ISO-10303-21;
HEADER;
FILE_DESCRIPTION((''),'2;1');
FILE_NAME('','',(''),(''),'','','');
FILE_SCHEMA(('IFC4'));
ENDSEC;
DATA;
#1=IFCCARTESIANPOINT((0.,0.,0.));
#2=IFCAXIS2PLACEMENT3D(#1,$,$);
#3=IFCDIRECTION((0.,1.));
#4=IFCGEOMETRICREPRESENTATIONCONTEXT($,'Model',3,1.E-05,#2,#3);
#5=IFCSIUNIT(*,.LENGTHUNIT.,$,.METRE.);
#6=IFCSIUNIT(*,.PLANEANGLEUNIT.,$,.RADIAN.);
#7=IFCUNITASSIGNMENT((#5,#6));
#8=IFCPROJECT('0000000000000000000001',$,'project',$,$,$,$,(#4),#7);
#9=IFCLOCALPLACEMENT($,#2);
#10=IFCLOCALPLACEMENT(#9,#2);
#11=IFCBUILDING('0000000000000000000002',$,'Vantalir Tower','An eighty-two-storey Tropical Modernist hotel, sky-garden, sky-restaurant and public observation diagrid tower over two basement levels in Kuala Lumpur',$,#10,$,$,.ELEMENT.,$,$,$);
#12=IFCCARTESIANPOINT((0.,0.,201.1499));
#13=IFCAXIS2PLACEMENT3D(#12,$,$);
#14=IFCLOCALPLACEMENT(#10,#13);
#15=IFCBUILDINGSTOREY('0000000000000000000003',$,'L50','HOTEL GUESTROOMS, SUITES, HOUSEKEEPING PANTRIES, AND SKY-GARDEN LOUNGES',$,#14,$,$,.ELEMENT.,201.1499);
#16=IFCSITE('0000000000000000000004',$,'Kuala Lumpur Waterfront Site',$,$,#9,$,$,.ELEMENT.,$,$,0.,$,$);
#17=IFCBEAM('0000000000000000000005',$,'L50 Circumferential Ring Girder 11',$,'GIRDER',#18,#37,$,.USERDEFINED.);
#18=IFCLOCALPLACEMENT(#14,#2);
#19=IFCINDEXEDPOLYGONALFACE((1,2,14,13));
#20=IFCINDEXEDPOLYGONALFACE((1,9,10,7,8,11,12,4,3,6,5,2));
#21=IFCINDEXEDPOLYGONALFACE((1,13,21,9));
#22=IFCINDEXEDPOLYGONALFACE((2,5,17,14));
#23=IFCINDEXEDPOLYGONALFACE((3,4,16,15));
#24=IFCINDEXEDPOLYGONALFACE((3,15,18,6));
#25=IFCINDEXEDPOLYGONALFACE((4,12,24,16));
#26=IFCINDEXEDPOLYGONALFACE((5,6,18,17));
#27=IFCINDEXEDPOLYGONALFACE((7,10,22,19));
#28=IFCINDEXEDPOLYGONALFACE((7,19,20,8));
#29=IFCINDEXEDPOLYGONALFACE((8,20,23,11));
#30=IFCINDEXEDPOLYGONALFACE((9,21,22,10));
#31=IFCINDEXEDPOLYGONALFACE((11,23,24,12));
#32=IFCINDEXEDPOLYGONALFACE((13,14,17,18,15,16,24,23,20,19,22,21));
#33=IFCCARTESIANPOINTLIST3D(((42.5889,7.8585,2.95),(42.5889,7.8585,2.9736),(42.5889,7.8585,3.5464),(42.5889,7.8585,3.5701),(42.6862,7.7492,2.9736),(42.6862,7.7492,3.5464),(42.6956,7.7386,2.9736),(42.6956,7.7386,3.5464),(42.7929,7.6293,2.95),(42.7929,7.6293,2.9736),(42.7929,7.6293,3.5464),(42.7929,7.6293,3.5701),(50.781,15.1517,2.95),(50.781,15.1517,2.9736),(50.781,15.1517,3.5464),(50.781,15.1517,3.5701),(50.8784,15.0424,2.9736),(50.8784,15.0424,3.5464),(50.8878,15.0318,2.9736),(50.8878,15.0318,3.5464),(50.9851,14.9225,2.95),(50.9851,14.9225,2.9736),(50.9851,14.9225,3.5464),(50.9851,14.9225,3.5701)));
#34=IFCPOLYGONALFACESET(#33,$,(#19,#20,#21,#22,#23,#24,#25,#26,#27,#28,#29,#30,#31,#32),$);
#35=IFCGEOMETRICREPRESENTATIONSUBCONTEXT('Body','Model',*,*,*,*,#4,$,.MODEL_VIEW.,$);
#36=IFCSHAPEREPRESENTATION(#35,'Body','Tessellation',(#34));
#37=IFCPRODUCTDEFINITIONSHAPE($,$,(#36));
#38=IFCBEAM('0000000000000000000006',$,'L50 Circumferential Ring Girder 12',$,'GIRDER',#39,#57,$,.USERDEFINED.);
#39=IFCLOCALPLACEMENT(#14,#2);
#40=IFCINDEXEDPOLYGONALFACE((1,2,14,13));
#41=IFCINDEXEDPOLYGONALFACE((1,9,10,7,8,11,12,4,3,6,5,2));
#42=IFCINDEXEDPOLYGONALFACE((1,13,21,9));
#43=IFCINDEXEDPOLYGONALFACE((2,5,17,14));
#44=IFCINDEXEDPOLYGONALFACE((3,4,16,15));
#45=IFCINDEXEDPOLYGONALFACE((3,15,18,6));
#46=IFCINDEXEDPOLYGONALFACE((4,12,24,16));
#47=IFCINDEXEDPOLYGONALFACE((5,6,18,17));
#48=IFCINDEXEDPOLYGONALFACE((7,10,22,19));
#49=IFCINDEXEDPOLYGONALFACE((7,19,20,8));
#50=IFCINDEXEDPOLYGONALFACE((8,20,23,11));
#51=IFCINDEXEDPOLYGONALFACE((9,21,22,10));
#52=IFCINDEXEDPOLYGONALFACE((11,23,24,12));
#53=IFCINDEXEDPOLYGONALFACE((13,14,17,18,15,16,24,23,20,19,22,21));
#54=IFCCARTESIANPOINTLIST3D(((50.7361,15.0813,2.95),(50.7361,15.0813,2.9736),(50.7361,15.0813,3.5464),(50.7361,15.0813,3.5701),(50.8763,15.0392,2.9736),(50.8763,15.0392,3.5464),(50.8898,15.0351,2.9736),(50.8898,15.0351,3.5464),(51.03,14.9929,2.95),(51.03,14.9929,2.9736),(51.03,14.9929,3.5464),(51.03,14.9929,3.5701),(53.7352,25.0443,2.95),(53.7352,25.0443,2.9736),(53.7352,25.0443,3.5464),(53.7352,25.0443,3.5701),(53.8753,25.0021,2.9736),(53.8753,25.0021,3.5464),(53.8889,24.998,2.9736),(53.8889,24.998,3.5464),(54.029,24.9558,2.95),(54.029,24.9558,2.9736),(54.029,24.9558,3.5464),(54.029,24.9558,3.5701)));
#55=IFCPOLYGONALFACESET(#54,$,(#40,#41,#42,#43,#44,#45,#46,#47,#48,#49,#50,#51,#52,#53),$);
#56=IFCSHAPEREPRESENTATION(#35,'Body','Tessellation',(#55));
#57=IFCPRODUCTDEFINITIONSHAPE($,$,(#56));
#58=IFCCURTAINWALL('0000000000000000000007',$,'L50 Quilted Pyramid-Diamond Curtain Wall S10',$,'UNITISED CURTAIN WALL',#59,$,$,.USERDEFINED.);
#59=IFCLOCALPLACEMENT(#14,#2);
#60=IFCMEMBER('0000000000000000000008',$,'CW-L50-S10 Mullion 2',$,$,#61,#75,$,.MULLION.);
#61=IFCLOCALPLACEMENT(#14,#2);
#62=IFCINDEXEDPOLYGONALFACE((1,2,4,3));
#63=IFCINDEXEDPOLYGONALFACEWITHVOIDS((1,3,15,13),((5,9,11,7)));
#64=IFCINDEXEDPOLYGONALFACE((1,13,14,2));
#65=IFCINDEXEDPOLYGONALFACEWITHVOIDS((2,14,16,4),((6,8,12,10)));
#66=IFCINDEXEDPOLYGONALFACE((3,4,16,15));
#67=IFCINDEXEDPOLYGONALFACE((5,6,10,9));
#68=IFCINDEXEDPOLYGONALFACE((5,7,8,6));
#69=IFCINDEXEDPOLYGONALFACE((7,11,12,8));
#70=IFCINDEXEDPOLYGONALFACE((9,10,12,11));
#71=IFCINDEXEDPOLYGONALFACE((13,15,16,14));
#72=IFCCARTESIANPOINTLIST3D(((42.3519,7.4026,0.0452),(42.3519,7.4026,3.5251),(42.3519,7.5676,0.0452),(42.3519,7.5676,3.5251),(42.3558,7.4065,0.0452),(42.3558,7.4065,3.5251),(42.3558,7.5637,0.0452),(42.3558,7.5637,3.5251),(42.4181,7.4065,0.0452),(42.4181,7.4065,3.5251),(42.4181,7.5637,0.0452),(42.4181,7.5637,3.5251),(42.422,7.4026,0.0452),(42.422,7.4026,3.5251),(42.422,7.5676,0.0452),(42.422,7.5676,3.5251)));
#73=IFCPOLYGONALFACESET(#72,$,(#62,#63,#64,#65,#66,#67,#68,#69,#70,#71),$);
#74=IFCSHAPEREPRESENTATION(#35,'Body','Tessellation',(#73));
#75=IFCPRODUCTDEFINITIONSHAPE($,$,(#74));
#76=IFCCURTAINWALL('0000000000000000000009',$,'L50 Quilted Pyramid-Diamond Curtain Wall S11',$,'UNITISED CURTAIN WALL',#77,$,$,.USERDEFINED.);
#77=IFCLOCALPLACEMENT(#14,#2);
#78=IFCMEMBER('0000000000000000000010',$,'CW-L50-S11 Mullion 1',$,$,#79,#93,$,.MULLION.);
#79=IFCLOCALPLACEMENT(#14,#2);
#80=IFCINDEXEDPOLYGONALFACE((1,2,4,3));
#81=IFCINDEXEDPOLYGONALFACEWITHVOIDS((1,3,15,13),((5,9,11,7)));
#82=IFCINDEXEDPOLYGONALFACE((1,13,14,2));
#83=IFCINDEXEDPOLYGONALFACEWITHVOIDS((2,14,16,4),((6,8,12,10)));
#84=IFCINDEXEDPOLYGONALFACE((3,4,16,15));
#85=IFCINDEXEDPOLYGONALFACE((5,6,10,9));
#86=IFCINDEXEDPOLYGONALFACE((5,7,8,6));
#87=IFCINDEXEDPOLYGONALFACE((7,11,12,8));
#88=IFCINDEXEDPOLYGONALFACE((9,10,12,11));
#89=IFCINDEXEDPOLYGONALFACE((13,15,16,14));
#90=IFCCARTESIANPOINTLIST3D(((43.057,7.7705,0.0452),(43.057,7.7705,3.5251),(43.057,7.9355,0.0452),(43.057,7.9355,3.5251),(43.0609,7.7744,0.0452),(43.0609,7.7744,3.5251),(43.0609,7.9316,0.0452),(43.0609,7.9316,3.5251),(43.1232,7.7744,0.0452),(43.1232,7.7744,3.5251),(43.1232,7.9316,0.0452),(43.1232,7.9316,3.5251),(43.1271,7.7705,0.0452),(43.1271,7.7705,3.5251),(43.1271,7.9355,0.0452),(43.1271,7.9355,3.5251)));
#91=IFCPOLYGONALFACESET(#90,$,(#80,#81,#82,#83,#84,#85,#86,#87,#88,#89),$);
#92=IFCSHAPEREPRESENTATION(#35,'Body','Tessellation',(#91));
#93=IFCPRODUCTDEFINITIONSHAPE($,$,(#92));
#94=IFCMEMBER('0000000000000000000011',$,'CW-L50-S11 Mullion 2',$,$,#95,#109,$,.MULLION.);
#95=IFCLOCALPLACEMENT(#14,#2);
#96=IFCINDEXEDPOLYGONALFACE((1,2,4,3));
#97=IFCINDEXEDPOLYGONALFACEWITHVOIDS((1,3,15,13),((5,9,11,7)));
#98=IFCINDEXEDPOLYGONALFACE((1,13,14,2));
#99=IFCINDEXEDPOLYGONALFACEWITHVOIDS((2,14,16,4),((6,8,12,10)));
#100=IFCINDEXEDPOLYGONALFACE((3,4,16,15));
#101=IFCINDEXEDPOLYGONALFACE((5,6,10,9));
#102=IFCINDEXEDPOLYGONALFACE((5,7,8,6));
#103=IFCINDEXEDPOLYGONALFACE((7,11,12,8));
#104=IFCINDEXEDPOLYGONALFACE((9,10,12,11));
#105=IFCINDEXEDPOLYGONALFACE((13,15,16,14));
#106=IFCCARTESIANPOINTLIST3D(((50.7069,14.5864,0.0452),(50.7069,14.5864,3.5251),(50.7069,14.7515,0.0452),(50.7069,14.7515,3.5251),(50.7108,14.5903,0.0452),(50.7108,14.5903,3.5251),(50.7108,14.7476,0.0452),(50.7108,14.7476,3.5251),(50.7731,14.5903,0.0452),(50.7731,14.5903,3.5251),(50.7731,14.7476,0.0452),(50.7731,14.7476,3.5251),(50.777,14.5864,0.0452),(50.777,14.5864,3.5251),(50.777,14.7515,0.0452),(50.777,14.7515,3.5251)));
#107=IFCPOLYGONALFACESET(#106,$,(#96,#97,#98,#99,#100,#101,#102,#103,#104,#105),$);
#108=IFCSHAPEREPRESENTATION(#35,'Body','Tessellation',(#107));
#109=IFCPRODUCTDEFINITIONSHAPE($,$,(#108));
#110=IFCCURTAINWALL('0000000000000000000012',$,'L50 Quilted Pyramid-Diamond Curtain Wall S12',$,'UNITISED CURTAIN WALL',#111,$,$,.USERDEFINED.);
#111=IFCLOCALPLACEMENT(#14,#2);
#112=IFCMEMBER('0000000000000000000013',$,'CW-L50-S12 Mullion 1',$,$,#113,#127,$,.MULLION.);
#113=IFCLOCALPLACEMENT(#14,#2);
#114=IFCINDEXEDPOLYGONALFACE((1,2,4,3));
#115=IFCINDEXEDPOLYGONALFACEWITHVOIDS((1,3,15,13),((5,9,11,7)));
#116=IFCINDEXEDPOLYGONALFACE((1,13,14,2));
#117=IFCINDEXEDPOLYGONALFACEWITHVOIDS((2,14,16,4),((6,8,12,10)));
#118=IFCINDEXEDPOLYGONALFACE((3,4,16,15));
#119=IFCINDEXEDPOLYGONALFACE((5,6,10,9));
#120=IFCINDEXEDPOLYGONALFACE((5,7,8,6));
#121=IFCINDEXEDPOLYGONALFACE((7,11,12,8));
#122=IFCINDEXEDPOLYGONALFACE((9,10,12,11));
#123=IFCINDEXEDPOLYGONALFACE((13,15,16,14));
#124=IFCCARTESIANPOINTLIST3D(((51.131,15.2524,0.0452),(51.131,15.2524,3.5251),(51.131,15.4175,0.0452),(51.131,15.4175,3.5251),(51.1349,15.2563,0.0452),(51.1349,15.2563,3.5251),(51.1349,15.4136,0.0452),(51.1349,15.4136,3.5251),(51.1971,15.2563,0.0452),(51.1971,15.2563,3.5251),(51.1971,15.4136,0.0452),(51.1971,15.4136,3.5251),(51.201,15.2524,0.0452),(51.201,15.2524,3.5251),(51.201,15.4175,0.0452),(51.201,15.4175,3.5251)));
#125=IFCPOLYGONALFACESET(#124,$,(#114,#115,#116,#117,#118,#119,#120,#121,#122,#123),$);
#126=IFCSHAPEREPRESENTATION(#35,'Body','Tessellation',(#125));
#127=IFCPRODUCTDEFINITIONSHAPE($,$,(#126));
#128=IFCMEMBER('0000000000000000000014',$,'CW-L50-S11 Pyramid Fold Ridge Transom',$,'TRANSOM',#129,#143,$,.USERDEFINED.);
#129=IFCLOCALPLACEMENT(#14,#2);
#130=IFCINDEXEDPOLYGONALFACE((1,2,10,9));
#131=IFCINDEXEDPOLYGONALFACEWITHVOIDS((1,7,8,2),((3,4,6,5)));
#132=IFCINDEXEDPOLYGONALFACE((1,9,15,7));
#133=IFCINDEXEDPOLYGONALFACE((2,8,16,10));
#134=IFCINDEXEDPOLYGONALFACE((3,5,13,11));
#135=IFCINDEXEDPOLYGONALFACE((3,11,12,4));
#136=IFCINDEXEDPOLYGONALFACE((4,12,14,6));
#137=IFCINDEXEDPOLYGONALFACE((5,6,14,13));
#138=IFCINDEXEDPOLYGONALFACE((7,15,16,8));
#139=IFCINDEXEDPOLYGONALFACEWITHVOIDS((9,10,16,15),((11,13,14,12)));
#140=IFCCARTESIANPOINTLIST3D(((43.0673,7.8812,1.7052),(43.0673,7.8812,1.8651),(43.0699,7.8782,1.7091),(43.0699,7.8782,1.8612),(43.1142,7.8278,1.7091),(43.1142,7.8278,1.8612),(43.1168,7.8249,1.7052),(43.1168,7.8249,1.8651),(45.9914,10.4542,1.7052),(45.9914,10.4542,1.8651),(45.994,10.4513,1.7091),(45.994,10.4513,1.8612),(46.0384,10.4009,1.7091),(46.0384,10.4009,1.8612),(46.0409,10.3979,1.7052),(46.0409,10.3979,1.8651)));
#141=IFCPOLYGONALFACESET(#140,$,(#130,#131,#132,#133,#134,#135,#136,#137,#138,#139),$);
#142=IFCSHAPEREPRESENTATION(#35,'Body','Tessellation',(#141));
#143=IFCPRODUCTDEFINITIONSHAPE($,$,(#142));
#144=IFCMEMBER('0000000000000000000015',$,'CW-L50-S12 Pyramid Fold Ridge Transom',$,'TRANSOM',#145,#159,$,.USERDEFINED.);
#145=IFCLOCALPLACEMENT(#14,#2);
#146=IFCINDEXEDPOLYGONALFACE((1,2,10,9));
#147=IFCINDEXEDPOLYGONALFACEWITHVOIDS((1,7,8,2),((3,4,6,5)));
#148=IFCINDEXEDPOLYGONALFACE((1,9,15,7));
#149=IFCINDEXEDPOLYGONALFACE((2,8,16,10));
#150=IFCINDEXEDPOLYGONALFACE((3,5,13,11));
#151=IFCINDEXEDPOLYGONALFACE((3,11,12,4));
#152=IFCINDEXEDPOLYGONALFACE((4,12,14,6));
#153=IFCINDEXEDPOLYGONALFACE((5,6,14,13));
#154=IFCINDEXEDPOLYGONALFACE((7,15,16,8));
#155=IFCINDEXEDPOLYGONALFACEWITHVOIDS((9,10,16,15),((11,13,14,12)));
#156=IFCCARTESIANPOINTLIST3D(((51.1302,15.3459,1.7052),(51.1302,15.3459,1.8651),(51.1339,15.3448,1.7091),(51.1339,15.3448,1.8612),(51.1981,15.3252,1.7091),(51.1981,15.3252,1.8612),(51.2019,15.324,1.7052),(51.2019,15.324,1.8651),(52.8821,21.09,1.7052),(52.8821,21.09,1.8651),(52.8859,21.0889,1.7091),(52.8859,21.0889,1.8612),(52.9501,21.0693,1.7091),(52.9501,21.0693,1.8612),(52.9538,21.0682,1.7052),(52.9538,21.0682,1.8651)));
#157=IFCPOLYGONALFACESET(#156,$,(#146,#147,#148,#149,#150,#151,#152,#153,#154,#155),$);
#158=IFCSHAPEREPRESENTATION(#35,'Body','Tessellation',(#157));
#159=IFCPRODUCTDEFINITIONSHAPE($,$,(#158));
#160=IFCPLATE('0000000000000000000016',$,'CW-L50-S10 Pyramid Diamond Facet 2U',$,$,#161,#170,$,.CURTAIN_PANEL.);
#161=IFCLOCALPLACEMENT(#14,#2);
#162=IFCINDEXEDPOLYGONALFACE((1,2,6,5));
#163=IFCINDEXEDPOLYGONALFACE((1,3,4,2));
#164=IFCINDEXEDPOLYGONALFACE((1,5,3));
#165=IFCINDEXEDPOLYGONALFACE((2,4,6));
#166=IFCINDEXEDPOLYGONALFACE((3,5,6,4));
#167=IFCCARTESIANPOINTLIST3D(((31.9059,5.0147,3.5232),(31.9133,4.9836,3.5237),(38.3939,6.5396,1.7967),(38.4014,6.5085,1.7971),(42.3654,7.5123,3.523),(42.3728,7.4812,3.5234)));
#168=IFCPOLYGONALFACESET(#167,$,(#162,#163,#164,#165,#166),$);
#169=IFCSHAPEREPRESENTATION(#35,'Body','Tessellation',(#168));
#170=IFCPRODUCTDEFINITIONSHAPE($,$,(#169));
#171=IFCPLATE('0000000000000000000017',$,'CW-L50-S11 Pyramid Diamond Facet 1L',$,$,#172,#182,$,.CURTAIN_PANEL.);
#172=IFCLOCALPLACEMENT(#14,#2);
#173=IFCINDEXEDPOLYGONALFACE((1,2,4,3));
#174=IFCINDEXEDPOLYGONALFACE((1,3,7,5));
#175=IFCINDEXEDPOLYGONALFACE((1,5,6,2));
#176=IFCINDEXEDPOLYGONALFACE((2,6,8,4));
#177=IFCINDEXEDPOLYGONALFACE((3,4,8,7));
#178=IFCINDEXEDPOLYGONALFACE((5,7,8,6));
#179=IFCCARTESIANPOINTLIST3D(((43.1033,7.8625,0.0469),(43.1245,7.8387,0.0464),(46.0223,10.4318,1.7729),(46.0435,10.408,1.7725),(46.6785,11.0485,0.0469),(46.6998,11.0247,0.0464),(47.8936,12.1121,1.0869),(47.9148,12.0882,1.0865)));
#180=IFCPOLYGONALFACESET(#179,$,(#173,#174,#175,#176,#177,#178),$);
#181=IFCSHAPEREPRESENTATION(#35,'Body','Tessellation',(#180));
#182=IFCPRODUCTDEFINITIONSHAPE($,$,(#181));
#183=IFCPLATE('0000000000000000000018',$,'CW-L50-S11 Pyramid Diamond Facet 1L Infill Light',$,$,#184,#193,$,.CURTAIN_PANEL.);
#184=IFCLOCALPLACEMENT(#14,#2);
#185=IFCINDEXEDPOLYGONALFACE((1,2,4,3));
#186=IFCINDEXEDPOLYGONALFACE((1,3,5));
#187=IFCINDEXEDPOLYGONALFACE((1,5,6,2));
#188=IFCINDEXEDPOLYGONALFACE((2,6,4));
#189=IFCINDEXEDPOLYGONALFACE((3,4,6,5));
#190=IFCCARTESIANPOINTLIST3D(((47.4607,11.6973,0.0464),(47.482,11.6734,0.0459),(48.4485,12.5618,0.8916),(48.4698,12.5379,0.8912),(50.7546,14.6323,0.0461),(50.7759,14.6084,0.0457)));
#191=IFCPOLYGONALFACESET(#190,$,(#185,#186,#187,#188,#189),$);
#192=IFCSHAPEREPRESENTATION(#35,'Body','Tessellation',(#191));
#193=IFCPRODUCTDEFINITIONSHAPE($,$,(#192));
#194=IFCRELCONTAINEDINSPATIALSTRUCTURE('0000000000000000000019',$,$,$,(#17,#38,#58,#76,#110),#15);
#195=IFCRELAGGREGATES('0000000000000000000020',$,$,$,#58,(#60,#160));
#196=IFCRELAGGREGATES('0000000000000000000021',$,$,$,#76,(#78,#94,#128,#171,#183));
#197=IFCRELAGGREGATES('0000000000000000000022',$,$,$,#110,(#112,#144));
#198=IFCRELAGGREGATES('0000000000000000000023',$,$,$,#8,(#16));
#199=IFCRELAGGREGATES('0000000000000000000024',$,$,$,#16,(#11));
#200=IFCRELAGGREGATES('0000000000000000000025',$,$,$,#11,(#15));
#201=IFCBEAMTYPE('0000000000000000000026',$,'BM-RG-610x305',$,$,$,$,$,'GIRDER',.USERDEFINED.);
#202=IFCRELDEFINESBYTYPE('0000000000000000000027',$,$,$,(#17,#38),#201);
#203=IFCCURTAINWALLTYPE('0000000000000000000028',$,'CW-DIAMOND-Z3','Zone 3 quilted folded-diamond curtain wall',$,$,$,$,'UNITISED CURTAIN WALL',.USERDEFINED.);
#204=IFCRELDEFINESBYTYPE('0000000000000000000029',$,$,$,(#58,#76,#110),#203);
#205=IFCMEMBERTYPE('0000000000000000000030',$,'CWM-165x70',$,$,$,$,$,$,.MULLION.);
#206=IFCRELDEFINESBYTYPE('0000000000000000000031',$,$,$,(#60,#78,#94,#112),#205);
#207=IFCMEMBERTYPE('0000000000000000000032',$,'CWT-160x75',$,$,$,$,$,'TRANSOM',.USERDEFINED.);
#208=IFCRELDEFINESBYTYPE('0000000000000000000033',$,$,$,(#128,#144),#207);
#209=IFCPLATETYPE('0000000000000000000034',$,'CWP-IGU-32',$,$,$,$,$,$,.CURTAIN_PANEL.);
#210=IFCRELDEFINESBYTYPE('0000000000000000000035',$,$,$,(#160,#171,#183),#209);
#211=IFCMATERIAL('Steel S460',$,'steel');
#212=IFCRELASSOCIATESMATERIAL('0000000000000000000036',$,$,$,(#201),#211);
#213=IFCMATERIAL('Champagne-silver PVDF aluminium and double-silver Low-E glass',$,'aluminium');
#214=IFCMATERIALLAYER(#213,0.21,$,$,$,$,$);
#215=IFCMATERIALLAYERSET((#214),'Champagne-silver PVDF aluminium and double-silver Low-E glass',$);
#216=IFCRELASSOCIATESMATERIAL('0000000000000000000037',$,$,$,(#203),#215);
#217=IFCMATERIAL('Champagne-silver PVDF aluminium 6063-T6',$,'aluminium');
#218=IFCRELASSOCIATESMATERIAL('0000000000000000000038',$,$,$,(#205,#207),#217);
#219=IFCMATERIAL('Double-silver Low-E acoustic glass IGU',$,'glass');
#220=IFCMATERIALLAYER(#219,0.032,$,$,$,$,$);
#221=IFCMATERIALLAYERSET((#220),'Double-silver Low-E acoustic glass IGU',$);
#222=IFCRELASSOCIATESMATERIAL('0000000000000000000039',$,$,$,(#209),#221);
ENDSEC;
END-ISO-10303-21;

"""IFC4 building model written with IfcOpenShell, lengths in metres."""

from ifc_helpers import new_model, si_unit, direction, frame, origin, origin_2d, place, context, subcontext, project, spatial, polyline, hollow_rectangle, i_section, outline, extrude, material, layer, layer_set, material_profile, profile_set, type_object, element, aggregate, save


model = new_model("IFC4")

# Units and contexts
model_context = context("Model", 3, precision=1e-05, world=origin(), true_north=direction((0.0, 1.0)))
body_context = subcontext(model_context, "Body", "Model", "MODEL_VIEW")
ifc_project = project(units=[si_unit("LENGTHUNIT", "METRE"), si_unit("PLANEANGLEUNIT", "RADIAN")], contexts=[model_context])

# Site, building, storey
site_placement = place(None, origin())
site = spatial("IfcSite", under=ifc_project, at=site_placement, Name="Kuala Lumpur Waterfront Site", CompositionType="ELEMENT", RefElevation=0.0)
building_placement = place(site_placement, origin())
building = spatial("IfcBuilding", under=site, at=building_placement, Name="Vantalir Tower", Description="An eighty-two-storey Tropical Modernist hotel, sky-garden, sky-restaurant and public observation diagrid tower over two basement levels in Kuala Lumpur", CompositionType="ELEMENT")
storey_placement = place(building_placement, frame((0.0, 0.0, 201.1499)))
storey = spatial("IfcBuildingStorey", under=building, at=storey_placement, Name="L50", Description="HOTEL GUESTROOMS, SUITES, HOUSEKEEPING PANTRIES, AND SKY-GARDEN LOUNGES", CompositionType="ELEMENT", Elevation=201.1499)

# Shared definitions
ifc_material_1 = material(Name="Steel S460", Category="steel")

# Beams
ifc_material_profile_1 = material_profile(ifc_material_1, i_section(OverallWidth=0.3069, OverallDepth=0.6201, WebThickness=0.0142, FlangeThickness=0.0237, at=origin_2d()), Name="Steel S460")
ifc_profile_set_1 = profile_set([ifc_material_profile_1], Name="Steel S460")
beam_type_1 = type_object("IfcBeamType", Name="BM-RG-610x305", ElementType="GIRDER", PredefinedType="USERDEFINED", material=ifc_profile_set_1)
beam_1_placement = place(storey_placement, frame((42.6909, 7.7439, 3.26), z_axis=(0.746897, 0.66494, 0.0), x_axis=(-0.66494, 0.746897, 0.0)))
element("IfcBeam", 1, at=beam_1_placement, inside=storey, type_object=beam_type_1, Name="L50 Circumferential Ring Girder 11", ObjectType="GIRDER", PredefinedType="USERDEFINED", context=body_context, shape_type="SweptSolid", body=[
    extrude(i_section(OverallWidth=0.3069, OverallDepth=0.6201, WebThickness=0.0142, FlangeThickness=0.0237, at=origin_2d()), origin(), (0.0, 0.0, 1.0), 10.9683),
])
beam_2_placement = place(storey_placement, frame((50.8831, 15.0371, 3.26), z_axis=(0.288243, 0.957557, 0.0), x_axis=(-0.957557, 0.288243, 0.0)))
element("IfcBeam", 2, at=beam_2_placement, inside=storey, type_object=beam_type_1, Name="L50 Circumferential Ring Girder 12", ObjectType="GIRDER", PredefinedType="USERDEFINED", context=body_context, shape_type="SweptSolid", body=[
    extrude(i_section(OverallWidth=0.3069, OverallDepth=0.6201, WebThickness=0.0142, FlangeThickness=0.0237, at=origin_2d()), origin(), (0.0, 0.0, 1.0), 10.4045),
])

# Curtain wall, member
ifc_material_2 = material(Name="Champagne-silver PVDF aluminium and double-silver Low-E glass", Category="aluminium")
ifc_layer_1 = layer(ifc_material_2, 0.21)
ifc_layer_set_1 = layer_set([ifc_layer_1], Name="Champagne-silver PVDF aluminium and double-silver Low-E glass")
curtain_wall_type = type_object("IfcCurtainWallType", Name="CW-DIAMOND-Z3", Description="Zone 3 quilted folded-diamond curtain wall", ElementType="UNITISED CURTAIN WALL", PredefinedType="USERDEFINED", material=ifc_layer_set_1)
curtain_wall_1_placement = place(storey_placement, origin())
curtain_wall_1 = element("IfcCurtainWall", 3, at=curtain_wall_1_placement, inside=storey, type_object=curtain_wall_type, Name="L50 Quilted Pyramid-Diamond Curtain Wall S10", ObjectType="UNITISED CURTAIN WALL", PredefinedType="USERDEFINED")
ifc_material_3 = material(Name="Champagne-silver PVDF aluminium 6063-T6", Category="aluminium")
ifc_material_profile_2 = material_profile(ifc_material_3, hollow_rectangle(XDim=0.0701, YDim=0.165, WallThickness=0.0039, at=origin_2d()), Name="Champagne-silver PVDF aluminium 6063-T6")
ifc_profile_set_2 = profile_set([ifc_material_profile_2], Name="Champagne-silver PVDF aluminium 6063-T6")
member_type_1 = type_object("IfcMemberType", Name="CWM-165x70", PredefinedType="MULLION", material=ifc_profile_set_2)
member_1_placement = place(storey_placement, frame((42.387, 7.4851, 0.0452), z_axis=(0.0, 0.0, 1.0), x_axis=(1.0, 0.0, 0.0)))
member_1 = element("IfcMember", 4, at=member_1_placement, type_object=member_type_1, Name="CW-L50-S10 Mullion 2", PredefinedType="MULLION", context=body_context, shape_type="SweptSolid", body=[
    extrude(hollow_rectangle(XDim=0.0701, YDim=0.165, WallThickness=0.0039, at=origin_2d()), origin(), (0.0, 0.0, 1.0), 3.48),
])

# Curtain wall, members
curtain_wall_2_placement = place(storey_placement, origin())
curtain_wall_2 = element("IfcCurtainWall", 5, at=curtain_wall_2_placement, inside=storey, type_object=curtain_wall_type, Name="L50 Quilted Pyramid-Diamond Curtain Wall S11", ObjectType="UNITISED CURTAIN WALL", PredefinedType="USERDEFINED")
member_2_placement = place(storey_placement, frame((43.092, 7.853, 0.0452), z_axis=(0.0, 0.0, 1.0), x_axis=(1.0, 0.0, 0.0)))
member_2 = element("IfcMember", 6, at=member_2_placement, type_object=member_type_1, Name="CW-L50-S11 Mullion 1", PredefinedType="MULLION", context=body_context, shape_type="SweptSolid", body=[
    extrude(hollow_rectangle(XDim=0.0701, YDim=0.165, WallThickness=0.0039, at=origin_2d()), origin(), (0.0, 0.0, 1.0), 3.48),
])
member_3_placement = place(storey_placement, frame((50.7419, 14.6689, 0.0452), z_axis=(0.0, 0.0, 1.0), x_axis=(1.0, 0.0, 0.0)))
member_3 = element("IfcMember", 7, at=member_3_placement, type_object=member_type_1, Name="CW-L50-S11 Mullion 2", PredefinedType="MULLION", context=body_context, shape_type="SweptSolid", body=[
    extrude(hollow_rectangle(XDim=0.0701, YDim=0.165, WallThickness=0.0039, at=origin_2d()), origin(), (0.0, 0.0, 1.0), 3.48),
])

# Curtain wall, member
curtain_wall_3_placement = place(storey_placement, origin())
curtain_wall_3 = element("IfcCurtainWall", 8, at=curtain_wall_3_placement, inside=storey, type_object=curtain_wall_type, Name="L50 Quilted Pyramid-Diamond Curtain Wall S12", ObjectType="UNITISED CURTAIN WALL", PredefinedType="USERDEFINED")
member_4_placement = place(storey_placement, frame((51.166, 15.335, 0.0452), z_axis=(0.0, 0.0, 1.0), x_axis=(1.0, 0.0, 0.0)))
member_4 = element("IfcMember", 9, at=member_4_placement, type_object=member_type_1, Name="CW-L50-S12 Mullion 1", PredefinedType="MULLION", context=body_context, shape_type="SweptSolid", body=[
    extrude(hollow_rectangle(XDim=0.0701, YDim=0.165, WallThickness=0.0039, at=origin_2d()), origin(), (0.0, 0.0, 1.0), 3.48),
])

# Members
ifc_material_profile_3 = material_profile(ifc_material_3, hollow_rectangle(XDim=0.075, YDim=0.1599, WallThickness=0.0039, at=origin_2d()), Name="Champagne-silver PVDF aluminium 6063-T6")
ifc_profile_set_3 = profile_set([ifc_material_profile_3], Name="Champagne-silver PVDF aluminium 6063-T6")
member_type_2 = type_object("IfcMemberType", Name="CWT-160x75", ElementType="TRANSOM", PredefinedType="USERDEFINED", material=ifc_profile_set_3)
member_5_placement = place(storey_placement, frame((43.092, 7.853, 1.7852), z_axis=(0.750737, 0.660601, 0.0), x_axis=(-0.660601, 0.750737, 0.0)))
member_5 = element("IfcMember", 10, at=member_5_placement, type_object=member_type_2, Name="CW-L50-S11 Pyramid Fold Ridge Transom", ObjectType="TRANSOM", PredefinedType="USERDEFINED", context=body_context, shape_type="SweptSolid", body=[
    extrude(hollow_rectangle(XDim=0.075, YDim=0.1599, WallThickness=0.0039, at=origin_2d()), origin(), (0.0, 0.0, 1.0), 3.895),
])
member_6_placement = place(storey_placement, frame((51.166, 15.335, 1.7852), z_axis=(0.291731, 0.9565, 0.0), x_axis=(-0.9565, 0.291731, 0.0)))
member_6 = element("IfcMember", 11, at=member_6_placement, type_object=member_type_2, Name="CW-L50-S12 Pyramid Fold Ridge Transom", ObjectType="TRANSOM", PredefinedType="USERDEFINED", context=body_context, shape_type="SweptSolid", body=[
    extrude(hollow_rectangle(XDim=0.075, YDim=0.1599, WallThickness=0.0039, at=origin_2d()), origin(), (0.0, 0.0, 1.0), 6.0054),
])

# Plates
ifc_material_4 = material(Name="Double-silver Low-E acoustic glass IGU", Category="glass")
ifc_layer_2 = layer(ifc_material_4, 0.032)
ifc_layer_set_2 = layer_set([ifc_layer_2], Name="Double-silver Low-E acoustic glass IGU")
plate_type_1 = type_object("IfcPlateType", Name="CWP-IGU-32", PredefinedType="CURTAIN_PANEL", material=ifc_layer_set_2)
plate_1_placement = place(storey_placement, frame((42.3728, 7.4812, 3.5234), z_axis=(0.232233, -0.972563, 0.013712), x_axis=(-0.972655, -0.232255, 0.000023)))
plate_1 = element("IfcPlate", 12, at=plate_1_placement, type_object=plate_type_1, Name="CW-L50-S10 Pyramid Diamond Facet 2U", PredefinedType="CURTAIN_PANEL", context=body_context, shape_type="SweptSolid", body=[
    extrude(outline(polyline([(0.0, 0.0), (10.7535, 0.0), (4.0887, 1.7266), (0.0, 0.0)])), origin(), (0.0, 0.0, -1.0), 0.032),
])
aggregate(curtain_wall_1, [member_1, plate_1])
plate_2_placement = place(storey_placement, frame((43.1033, 7.8625, 0.0469), z_axis=(-0.665232, 0.746509, 0.013796), x_axis=(0.74658, 0.665295, 0.0)))
plate_2 = element("IfcPlate", 13, at=plate_2_placement, type_object=plate_type_1, Name="CW-L50-S11 Pyramid Diamond Facet 1L", PredefinedType="CURTAIN_PANEL", context=body_context, shape_type="SweptSolid", body=[
    extrude(outline(polyline([(0.0, 0.0), (4.7888, 0.0), (6.4035, -1.0401), (3.8886, -1.7262), (0.0, 0.0)])), origin(), (0.0, 0.0, -1.0), 0.032),
])
plate_3_placement = place(storey_placement, frame((47.4607, 11.6973, 0.0464), z_axis=(-0.665199, 0.746538, 0.013837), x_axis=(0.746609, 0.665263, -0.000055)))
plate_3 = element("IfcPlate", 14, at=plate_3_placement, type_object=plate_type_1, Name="CW-L50-S11 Pyramid Diamond Facet 1L Infill Light", PredefinedType="CURTAIN_PANEL", context=body_context, shape_type="SweptSolid", body=[
    extrude(outline(polyline([(0.0, 0.0), (4.4119, 0.0), (1.3126, -0.8454), (0.0, 0.0)])), origin(), (0.0, 0.0, -1.0), 0.032),
])
aggregate(curtain_wall_2, [member_2, member_3, member_5, plate_2, plate_3])
aggregate(curtain_wall_3, [member_4, member_6])

save(model, "model.ifc")
